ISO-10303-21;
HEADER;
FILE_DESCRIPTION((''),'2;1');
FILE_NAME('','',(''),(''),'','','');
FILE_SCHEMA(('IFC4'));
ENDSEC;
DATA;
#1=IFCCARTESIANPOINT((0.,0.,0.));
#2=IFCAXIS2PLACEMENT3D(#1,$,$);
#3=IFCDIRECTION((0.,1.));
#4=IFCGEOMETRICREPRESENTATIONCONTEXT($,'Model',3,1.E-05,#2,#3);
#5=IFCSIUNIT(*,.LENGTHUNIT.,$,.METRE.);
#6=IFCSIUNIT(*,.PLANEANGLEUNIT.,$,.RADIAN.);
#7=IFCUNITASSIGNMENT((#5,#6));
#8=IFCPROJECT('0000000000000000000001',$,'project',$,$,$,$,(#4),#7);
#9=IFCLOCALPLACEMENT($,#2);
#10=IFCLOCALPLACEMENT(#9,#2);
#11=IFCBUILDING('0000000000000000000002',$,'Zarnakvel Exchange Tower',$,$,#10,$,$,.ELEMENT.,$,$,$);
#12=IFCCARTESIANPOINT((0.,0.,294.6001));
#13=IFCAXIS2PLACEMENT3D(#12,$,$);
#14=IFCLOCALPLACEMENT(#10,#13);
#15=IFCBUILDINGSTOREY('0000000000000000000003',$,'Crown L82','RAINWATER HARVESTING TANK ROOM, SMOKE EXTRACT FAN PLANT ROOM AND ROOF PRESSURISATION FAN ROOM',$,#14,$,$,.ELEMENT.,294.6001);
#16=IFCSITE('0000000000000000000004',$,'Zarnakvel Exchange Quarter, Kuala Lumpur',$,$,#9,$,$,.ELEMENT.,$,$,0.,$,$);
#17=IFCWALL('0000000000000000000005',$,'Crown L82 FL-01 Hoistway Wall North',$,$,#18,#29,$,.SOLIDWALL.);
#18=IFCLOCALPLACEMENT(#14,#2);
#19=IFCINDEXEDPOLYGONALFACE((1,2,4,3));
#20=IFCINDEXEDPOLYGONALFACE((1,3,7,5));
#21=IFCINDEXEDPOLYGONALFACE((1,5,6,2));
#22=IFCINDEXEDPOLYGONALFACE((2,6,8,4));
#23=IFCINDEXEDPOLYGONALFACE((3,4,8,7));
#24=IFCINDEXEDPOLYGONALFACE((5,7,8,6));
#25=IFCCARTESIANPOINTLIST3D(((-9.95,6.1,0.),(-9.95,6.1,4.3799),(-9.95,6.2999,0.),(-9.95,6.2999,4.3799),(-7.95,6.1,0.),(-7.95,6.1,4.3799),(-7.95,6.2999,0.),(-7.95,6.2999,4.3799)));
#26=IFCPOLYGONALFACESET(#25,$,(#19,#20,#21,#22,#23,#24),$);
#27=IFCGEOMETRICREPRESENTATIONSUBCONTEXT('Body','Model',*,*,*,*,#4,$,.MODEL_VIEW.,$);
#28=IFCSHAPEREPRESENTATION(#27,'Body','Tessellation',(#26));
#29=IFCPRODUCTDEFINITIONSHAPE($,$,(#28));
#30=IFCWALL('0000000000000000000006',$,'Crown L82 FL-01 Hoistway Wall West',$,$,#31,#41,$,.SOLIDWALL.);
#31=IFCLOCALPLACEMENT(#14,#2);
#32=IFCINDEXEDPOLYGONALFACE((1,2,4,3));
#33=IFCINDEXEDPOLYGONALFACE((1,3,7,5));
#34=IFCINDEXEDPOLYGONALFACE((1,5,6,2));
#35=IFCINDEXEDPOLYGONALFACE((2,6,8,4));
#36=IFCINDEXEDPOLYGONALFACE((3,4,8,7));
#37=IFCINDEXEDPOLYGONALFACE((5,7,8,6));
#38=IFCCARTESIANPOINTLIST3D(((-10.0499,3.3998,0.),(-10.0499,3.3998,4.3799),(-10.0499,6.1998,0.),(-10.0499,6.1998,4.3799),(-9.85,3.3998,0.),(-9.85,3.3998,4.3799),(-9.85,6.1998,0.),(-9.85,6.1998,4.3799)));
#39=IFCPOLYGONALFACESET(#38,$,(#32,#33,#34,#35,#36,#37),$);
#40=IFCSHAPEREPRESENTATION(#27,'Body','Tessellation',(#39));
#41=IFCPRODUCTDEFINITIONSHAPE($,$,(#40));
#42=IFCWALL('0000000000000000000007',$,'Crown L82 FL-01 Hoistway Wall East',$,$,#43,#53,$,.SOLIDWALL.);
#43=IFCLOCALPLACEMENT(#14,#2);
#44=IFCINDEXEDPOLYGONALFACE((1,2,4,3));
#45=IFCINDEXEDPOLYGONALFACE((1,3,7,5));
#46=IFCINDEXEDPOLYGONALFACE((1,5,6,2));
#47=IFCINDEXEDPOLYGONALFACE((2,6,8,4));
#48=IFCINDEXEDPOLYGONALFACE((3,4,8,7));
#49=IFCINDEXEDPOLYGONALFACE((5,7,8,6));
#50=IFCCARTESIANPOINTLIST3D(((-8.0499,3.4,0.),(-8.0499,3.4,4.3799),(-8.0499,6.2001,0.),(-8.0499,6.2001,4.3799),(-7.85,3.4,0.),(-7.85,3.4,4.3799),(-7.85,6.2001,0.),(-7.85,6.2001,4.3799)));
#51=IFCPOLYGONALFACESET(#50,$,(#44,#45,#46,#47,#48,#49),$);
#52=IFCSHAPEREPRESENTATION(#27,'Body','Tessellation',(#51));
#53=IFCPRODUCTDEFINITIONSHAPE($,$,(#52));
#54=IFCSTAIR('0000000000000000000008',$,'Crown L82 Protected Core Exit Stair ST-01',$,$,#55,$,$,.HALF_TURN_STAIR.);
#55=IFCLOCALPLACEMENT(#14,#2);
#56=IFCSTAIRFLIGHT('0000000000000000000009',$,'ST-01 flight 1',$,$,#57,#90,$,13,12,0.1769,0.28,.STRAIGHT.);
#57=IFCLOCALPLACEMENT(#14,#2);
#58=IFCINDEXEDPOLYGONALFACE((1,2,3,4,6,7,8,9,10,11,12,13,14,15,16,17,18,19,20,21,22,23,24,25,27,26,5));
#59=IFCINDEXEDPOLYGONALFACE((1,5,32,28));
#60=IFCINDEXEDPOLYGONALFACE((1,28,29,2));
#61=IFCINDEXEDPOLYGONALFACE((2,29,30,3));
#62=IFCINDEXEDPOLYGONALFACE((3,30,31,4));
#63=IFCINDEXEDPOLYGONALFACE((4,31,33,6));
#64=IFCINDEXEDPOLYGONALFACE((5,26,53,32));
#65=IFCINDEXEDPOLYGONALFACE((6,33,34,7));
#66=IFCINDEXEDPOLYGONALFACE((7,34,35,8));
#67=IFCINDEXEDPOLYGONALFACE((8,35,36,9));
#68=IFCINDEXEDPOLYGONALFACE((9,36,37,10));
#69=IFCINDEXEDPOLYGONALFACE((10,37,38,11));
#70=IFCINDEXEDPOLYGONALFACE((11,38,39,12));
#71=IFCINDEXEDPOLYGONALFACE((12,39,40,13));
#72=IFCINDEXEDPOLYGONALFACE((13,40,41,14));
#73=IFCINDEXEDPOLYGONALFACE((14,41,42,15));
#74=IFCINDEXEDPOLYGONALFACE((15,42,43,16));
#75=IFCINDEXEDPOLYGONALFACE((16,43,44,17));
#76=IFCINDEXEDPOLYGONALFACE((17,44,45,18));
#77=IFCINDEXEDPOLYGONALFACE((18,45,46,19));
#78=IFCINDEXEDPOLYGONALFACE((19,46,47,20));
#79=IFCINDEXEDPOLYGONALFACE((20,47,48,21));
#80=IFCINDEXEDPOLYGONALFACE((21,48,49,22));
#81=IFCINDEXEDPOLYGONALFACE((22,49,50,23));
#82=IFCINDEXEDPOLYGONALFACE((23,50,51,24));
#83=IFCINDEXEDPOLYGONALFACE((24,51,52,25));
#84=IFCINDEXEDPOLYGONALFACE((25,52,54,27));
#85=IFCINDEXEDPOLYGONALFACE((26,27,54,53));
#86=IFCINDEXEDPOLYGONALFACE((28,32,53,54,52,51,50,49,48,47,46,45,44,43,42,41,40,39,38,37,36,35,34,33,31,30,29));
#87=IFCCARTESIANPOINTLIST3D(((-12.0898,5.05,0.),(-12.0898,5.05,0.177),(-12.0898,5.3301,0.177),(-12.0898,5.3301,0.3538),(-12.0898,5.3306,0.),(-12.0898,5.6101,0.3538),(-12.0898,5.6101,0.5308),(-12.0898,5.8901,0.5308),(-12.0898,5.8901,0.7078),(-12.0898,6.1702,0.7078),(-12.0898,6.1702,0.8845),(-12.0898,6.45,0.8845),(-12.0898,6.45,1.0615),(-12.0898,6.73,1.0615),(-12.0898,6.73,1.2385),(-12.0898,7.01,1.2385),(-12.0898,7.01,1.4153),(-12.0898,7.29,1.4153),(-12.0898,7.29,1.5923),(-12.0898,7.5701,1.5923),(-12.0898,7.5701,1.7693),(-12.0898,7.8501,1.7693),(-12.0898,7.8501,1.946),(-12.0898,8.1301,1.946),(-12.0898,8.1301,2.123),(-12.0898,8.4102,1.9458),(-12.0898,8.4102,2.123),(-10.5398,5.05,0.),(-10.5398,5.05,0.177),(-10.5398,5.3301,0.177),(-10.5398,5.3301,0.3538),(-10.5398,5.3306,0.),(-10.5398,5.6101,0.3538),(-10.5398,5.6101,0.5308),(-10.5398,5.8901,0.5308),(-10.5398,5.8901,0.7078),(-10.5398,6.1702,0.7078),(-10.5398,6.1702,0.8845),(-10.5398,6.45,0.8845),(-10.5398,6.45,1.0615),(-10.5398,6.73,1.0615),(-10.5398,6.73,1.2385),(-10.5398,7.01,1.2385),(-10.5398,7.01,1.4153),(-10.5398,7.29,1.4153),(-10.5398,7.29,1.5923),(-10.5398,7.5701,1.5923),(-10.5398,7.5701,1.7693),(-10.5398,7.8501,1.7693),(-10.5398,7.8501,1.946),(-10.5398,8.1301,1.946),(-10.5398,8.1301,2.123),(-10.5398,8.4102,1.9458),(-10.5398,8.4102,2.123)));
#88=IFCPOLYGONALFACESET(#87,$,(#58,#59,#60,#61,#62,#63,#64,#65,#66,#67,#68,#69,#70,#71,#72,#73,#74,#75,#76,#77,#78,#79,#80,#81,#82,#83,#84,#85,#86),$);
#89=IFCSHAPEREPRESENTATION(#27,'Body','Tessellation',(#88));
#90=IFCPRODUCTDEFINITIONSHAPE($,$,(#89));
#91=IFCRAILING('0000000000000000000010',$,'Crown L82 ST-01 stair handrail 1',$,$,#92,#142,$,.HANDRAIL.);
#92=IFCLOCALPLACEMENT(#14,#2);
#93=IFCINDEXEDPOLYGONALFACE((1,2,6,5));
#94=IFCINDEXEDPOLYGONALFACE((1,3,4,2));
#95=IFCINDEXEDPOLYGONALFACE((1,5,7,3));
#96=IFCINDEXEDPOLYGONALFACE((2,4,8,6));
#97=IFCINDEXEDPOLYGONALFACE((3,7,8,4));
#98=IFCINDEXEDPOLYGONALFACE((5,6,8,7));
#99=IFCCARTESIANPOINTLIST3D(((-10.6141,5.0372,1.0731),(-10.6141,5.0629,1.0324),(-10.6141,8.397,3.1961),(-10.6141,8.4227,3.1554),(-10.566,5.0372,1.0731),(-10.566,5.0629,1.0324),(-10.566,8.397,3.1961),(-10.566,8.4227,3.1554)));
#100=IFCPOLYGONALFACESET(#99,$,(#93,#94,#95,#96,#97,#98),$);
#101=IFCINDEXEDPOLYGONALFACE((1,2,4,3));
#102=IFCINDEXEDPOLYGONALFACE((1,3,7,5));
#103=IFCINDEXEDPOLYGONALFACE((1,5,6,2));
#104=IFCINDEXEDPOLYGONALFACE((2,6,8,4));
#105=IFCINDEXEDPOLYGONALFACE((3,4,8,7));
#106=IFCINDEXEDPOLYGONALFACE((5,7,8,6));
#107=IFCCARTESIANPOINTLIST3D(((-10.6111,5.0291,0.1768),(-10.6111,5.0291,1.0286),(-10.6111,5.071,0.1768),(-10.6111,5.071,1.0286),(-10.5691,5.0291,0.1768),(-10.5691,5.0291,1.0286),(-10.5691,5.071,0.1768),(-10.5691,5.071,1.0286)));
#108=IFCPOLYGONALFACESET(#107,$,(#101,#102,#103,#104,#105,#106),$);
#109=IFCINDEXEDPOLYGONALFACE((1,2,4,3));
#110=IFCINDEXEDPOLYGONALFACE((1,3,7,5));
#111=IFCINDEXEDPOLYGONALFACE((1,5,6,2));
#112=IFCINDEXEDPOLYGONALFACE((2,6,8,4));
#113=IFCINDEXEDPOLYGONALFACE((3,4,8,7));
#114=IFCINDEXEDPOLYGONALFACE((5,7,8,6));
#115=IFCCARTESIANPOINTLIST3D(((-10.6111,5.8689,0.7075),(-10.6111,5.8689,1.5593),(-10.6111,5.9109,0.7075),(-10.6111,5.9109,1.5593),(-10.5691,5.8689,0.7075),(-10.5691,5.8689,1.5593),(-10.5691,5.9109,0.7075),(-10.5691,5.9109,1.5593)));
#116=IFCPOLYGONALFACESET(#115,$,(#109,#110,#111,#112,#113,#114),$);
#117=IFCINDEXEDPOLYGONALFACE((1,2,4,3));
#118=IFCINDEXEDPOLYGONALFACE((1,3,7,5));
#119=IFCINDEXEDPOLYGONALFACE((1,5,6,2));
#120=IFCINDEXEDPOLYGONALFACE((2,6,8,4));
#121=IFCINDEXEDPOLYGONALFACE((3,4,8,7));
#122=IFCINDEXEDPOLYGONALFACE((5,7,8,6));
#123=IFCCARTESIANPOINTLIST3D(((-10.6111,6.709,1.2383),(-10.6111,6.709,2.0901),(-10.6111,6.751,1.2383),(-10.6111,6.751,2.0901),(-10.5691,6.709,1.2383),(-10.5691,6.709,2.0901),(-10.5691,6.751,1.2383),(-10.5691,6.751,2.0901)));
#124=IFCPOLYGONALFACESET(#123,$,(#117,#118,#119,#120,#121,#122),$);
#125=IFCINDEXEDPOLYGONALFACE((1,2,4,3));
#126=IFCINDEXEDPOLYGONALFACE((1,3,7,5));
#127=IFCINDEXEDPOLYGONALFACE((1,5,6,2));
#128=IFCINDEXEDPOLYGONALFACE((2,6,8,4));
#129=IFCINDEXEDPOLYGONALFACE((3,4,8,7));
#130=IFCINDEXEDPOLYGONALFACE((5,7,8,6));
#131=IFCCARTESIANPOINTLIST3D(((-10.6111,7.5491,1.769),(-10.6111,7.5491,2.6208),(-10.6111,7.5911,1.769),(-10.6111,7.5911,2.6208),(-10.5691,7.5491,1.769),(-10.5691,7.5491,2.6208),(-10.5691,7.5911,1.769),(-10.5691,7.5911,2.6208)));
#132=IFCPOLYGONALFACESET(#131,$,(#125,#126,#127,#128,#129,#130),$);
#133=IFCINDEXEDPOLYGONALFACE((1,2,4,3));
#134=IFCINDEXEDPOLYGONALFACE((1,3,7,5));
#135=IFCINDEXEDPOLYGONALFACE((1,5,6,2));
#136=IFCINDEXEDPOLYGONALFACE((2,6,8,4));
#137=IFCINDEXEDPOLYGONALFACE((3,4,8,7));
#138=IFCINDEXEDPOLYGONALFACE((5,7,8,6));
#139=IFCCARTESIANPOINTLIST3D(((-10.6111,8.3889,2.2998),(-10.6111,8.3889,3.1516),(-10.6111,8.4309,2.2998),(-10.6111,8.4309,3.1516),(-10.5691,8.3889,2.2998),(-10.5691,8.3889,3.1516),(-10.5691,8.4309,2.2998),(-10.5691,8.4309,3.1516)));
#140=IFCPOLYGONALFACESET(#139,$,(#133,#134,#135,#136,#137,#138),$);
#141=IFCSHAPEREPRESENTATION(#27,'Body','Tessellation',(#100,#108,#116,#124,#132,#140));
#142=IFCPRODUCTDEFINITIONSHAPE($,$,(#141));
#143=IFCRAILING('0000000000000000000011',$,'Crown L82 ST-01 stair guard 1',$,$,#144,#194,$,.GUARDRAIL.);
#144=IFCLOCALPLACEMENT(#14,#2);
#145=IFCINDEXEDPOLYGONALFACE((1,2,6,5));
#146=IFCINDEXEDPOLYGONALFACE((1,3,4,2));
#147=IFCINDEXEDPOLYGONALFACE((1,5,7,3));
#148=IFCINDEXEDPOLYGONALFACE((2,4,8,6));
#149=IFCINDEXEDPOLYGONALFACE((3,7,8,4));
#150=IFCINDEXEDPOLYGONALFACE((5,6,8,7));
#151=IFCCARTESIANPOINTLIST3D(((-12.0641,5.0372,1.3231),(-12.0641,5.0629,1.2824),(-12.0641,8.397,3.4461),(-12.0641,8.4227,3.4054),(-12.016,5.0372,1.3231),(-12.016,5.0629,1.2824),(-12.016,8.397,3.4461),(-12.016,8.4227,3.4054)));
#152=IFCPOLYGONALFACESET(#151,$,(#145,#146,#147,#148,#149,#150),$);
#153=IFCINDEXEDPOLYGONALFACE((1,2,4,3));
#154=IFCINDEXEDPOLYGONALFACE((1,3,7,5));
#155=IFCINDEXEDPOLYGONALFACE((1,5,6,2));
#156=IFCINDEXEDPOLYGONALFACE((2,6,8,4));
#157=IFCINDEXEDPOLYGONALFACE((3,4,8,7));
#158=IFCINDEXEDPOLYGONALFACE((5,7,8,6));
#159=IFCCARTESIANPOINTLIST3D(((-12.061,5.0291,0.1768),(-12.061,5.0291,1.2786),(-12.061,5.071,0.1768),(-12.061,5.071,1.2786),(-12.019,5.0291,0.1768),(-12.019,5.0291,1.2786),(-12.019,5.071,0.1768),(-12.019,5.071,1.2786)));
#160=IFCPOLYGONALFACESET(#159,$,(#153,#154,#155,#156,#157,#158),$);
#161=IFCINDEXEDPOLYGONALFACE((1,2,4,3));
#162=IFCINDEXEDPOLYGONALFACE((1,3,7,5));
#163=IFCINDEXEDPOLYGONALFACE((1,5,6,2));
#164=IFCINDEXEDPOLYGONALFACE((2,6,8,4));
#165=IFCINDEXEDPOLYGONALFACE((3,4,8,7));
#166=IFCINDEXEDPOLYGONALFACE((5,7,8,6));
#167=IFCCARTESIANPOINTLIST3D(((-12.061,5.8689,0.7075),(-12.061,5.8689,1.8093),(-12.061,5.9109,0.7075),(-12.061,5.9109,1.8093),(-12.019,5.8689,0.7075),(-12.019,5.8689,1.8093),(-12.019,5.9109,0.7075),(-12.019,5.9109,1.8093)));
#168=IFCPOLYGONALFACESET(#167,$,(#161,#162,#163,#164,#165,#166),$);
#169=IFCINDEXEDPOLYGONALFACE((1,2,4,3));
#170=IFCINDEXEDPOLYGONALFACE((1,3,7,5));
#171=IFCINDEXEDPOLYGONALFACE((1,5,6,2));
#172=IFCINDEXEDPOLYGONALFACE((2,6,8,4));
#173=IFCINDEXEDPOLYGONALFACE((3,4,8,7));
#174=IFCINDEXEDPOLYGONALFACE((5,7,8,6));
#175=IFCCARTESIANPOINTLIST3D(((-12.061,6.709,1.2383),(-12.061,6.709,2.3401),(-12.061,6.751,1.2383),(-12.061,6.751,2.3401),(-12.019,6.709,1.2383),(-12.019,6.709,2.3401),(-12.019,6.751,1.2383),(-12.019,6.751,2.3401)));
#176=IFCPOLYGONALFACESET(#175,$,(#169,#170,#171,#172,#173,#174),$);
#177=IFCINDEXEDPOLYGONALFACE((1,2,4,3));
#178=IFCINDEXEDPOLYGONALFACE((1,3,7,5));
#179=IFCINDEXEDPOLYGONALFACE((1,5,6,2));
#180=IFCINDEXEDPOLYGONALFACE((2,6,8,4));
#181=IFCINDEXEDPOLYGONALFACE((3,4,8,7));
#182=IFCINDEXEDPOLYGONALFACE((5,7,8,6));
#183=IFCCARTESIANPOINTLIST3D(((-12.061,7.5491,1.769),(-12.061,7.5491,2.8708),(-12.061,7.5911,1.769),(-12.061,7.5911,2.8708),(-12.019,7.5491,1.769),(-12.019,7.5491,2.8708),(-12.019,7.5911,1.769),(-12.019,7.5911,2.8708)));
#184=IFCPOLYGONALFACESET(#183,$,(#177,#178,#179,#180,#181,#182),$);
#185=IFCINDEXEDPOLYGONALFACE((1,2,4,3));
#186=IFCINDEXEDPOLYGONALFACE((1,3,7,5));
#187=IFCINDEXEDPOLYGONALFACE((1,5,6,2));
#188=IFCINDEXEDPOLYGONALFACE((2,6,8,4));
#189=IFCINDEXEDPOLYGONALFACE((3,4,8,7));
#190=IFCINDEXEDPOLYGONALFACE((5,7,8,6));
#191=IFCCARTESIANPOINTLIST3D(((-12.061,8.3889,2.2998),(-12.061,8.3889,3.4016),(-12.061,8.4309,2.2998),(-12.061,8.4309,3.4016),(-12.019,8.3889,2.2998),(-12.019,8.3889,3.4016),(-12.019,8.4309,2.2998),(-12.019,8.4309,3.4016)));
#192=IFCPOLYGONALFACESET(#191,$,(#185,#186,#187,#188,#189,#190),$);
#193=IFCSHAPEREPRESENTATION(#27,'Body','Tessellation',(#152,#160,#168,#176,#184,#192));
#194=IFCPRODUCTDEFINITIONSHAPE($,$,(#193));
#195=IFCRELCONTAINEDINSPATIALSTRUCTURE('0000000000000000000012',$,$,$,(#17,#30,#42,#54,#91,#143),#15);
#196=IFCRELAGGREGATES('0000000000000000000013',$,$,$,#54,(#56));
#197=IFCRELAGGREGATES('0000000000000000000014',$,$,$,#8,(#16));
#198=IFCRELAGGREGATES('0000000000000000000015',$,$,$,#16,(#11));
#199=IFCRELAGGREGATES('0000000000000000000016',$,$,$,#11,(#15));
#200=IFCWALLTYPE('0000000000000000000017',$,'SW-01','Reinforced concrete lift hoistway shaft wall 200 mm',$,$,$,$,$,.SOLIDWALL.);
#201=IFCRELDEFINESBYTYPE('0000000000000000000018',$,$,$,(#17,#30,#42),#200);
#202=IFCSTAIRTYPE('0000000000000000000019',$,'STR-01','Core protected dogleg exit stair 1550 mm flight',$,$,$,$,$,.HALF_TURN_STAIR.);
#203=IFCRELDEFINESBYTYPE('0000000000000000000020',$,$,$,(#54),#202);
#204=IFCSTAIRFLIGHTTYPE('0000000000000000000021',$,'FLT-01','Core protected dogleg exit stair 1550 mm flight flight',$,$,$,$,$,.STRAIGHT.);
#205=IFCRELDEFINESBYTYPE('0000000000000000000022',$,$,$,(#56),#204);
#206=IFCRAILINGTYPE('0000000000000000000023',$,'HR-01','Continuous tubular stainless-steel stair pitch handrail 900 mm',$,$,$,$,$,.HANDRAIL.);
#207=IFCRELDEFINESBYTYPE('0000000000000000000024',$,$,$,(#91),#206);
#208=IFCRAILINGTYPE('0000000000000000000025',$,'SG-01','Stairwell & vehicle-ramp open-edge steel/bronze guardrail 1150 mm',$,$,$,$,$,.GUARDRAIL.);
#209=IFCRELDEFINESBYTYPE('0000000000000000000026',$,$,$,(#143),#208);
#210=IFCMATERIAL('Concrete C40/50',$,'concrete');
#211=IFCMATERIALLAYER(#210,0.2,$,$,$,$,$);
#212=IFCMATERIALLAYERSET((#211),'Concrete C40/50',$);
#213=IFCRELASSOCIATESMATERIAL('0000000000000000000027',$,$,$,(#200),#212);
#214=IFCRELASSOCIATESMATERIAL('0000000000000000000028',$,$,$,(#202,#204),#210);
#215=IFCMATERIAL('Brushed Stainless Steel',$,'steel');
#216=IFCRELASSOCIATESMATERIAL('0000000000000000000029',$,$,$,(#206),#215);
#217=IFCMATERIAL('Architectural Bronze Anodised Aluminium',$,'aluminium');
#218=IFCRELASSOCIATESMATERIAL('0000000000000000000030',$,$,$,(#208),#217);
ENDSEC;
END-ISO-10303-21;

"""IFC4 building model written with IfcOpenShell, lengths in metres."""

from ifc_helpers import new_model, si_unit, direction, frame, frame_2d, origin, origin_2d, place, context, subcontext, project, spatial, polyline, rectangle, outline, extrude, material, layer, layer_set, type_object, element, aggregate, save


model = new_model("IFC4")

# Units and contexts
model_context = context("Model", 3, precision=1e-05, world=origin(), true_north=direction((0.0, 1.0)))
body_context = subcontext(model_context, "Body", "Model", "MODEL_VIEW")
ifc_project = project(units=[si_unit("LENGTHUNIT", "METRE"), si_unit("PLANEANGLEUNIT", "RADIAN")], contexts=[model_context])

# Site, building, storey
site_placement = place(None, origin())
site = spatial("IfcSite", under=ifc_project, at=site_placement, Name="Zarnakvel Exchange Quarter, Kuala Lumpur", CompositionType="ELEMENT", RefElevation=0.0)
building_placement = place(site_placement, origin())
building = spatial("IfcBuilding", under=site, at=building_placement, Name="Zarnakvel Exchange Tower", CompositionType="ELEMENT")
storey_placement = place(building_placement, frame((0.0, 0.0, 294.6001)))
storey = spatial("IfcBuildingStorey", under=building, at=storey_placement, Name="Crown L82", Description="RAINWATER HARVESTING TANK ROOM, SMOKE EXTRACT FAN PLANT ROOM AND ROOF PRESSURISATION FAN ROOM", CompositionType="ELEMENT", Elevation=294.6001)

# Shared definitions
ifc_material_1 = material(Name="Architectural Bronze Anodised Aluminium", Category="aluminium")

# Shared definitions
ifc_material_2 = material(Name="Concrete C40/50", Category="concrete")
ifc_layer_1 = layer(ifc_material_2, 0.2)
ifc_layer_set_1 = layer_set([ifc_layer_1], Name="Concrete C40/50")
wall_type_1 = type_object("IfcWallType", Name="SW-01", Description="Reinforced concrete lift hoistway shaft wall 200 mm", PredefinedType="SOLIDWALL", material=ifc_layer_set_1)
ifc_material_3 = material(Name="Brushed Stainless Steel", Category="steel")

# Walls
wall_1_placement = place(storey_placement, frame((-9.95, 6.2, 0.0), z_axis=(0.0, 0.0, 1.0), x_axis=(1.0, 0.0, 0.0)))
element("IfcWall", 1, at=wall_1_placement, inside=storey, type_object=wall_type_1, Name="Crown L82 FL-01 Hoistway Wall North", PredefinedType="SOLIDWALL", context=body_context, shape_type="SweptSolid", body=[
    extrude(rectangle(XDim=2.0, YDim=0.2, at=frame_2d((1.0, 0.0))), origin(), (0.0, 0.0, 1.0), 4.3799),
])
for number, where, z_axis, x_axis, name in (
    (2, (-9.95, 3.3999, 0.0), (0.0, 0.0, 1.0), (0.0, 1.0, 0.0), "Crown L82 FL-01 Hoistway Wall West"),
    (3, (-7.95, 6.2, 0.0), (0.0, 0.0, 1.0), (0.0, -1.0, 0.0), "Crown L82 FL-01 Hoistway Wall East"),
):
    element("IfcWall", number, at=place(storey_placement, frame(where, z_axis=z_axis, x_axis=x_axis)), inside=storey, type_object=wall_type_1, Name=name, PredefinedType="SOLIDWALL", context=body_context, shape_type="SweptSolid", body=[
        extrude(rectangle(XDim=2.8, YDim=0.2, at=frame_2d((1.3999, 0.0))), origin(), (0.0, 0.0, 1.0), 4.3799),
    ])

# Stair, stair flight
stair_type = type_object("IfcStairType", Name="STR-01", Description="Core protected dogleg exit stair 1550 mm flight", PredefinedType="HALF_TURN_STAIR", material=ifc_material_2)
stair_placement = place(storey_placement, origin())
stair = element("IfcStair", 4, at=stair_placement, inside=storey, type_object=stair_type, Name="Crown L82 Protected Core Exit Stair ST-01", PredefinedType="HALF_TURN_STAIR")
stair_flight_type = type_object("IfcStairFlightType", Name="FLT-01", Description="Core protected dogleg exit stair 1550 mm flight flight", PredefinedType="STRAIGHT", material=ifc_material_2)
stair_flight_placement = place(storey_placement, frame((-11.3149, 5.05, 0.0), z_axis=(0.0, 0.0, 1.0), x_axis=(0.0, 1.0, 0.0)))
stair_flight = element("IfcStairFlight", 5, at=stair_flight_placement, type_object=stair_flight_type, Name="ST-01 flight 1", NumberOfRisers=13, NumberOfTreads=12, PredefinedType="STRAIGHT", RiserHeight=0.1769, TreadLength=0.28, context=body_context, shape_type="SweptSolid", body=[
    extrude(outline(polyline([(0.0, 0.0), (0.0, 0.177), (0.28, 0.177), (0.28, 0.3538), (0.5601, 0.3538), (0.5601, 0.5308), (0.8401, 0.5308), (0.8401, 0.7078), (1.1201, 0.7078), (1.1201, 0.8845), (1.3999, 0.8845), (1.3999, 1.0615), (1.6799, 1.0615), (1.6799, 1.2385), (1.96, 1.2385), (1.96, 1.4153), (2.24, 1.4153), (2.24, 1.5923), (2.52, 1.5923), (2.52, 1.7693), (2.8, 1.7693), (2.8, 1.946), (3.0801, 1.946), (3.0801, 2.123), (3.3601, 2.123), (3.3601, 2.3), (3.3601, 1.9458), (0.2805, 0.0), (0.0, 0.0)])), frame((0.0, 0.7749, 0.0), z_axis=(0.0, -1.0, 0.0), x_axis=(1.0, 0.0, 0.0)), (0.0, 0.0, 1.0), 1.55),
])
aggregate(stair, [stair_flight])

# Railings
railing_type_1 = type_object("IfcRailingType", Name="HR-01", Description="Continuous tubular stainless-steel stair pitch handrail 900 mm", PredefinedType="HANDRAIL", material=ifc_material_3)
railing_1_placement = place(storey_placement, frame((-10.5901, 5.05, 0.1768)))
element("IfcRailing", 6, at=railing_1_placement, inside=storey, type_object=railing_type_1, Name="Crown L82 ST-01 stair handrail 1", PredefinedType="HANDRAIL", context=body_context, shape_type="SweptSolid", body=[
    extrude(rectangle(XDim=0.0481, YDim=0.0481, at=origin_2d()), frame((0.0, 0.0, 0.876), z_axis=(0.0, 0.845372, 0.534178), x_axis=(-1.0, 0.0, 0.0)), (0.0, 0.0, 1.0), 3.9744),
    extrude(rectangle(XDim=0.042, YDim=0.042, at=origin_2d()), origin(), (0.0, 0.0, 1.0), 0.8518),
    extrude(rectangle(XDim=0.042, YDim=0.042, at=origin_2d()), frame((0.0, 0.8398, 0.5308)), (0.0, 0.0, 1.0), 0.8518),
    extrude(rectangle(XDim=0.042, YDim=0.042, at=origin_2d()), frame((0.0, 1.6799, 1.0615)), (0.0, 0.0, 1.0), 0.8518),
    extrude(rectangle(XDim=0.042, YDim=0.042, at=origin_2d()), frame((0.0, 2.52, 1.5923)), (0.0, 0.0, 1.0), 0.8518),
    extrude(rectangle(XDim=0.042, YDim=0.042, at=origin_2d()), frame((0.0, 3.3599, 2.123)), (0.0, 0.0, 1.0), 0.8518),
])
railing_type_2 = type_object("IfcRailingType", Name="SG-01", Description="Stairwell & vehicle-ramp open-edge steel/bronze guardrail 1150 mm", PredefinedType="GUARDRAIL", material=ifc_material_1)
railing_2_placement = place(storey_placement, frame((-12.04, 5.05, 0.1768)))
element("IfcRailing", 7, at=railing_2_placement, inside=storey, type_object=railing_type_2, Name="Crown L82 ST-01 stair guard 1", PredefinedType="GUARDRAIL", context=body_context, shape_type="SweptSolid", body=[
    extrude(rectangle(XDim=0.0481, YDim=0.0481, at=origin_2d()), frame((0.0, 0.0, 1.126), z_axis=(0.0, 0.845372, 0.534178), x_axis=(-1.0, 0.0, 0.0)), (0.0, 0.0, 1.0), 3.9744),
    extrude(rectangle(XDim=0.042, YDim=0.042, at=origin_2d()), origin(), (0.0, 0.0, 1.0), 1.1018),
    extrude(rectangle(XDim=0.042, YDim=0.042, at=origin_2d()), frame((0.0, 0.8398, 0.5308)), (0.0, 0.0, 1.0), 1.1018),
    extrude(rectangle(XDim=0.042, YDim=0.042, at=origin_2d()), frame((0.0, 1.6799, 1.0615)), (0.0, 0.0, 1.0), 1.1018),
    extrude(rectangle(XDim=0.042, YDim=0.042, at=origin_2d()), frame((0.0, 2.52, 1.5923)), (0.0, 0.0, 1.0), 1.1018),
    extrude(rectangle(XDim=0.042, YDim=0.042, at=origin_2d()), frame((0.0, 3.3599, 2.123)), (0.0, 0.0, 1.0), 1.1018),
])

save(model, "model.ifc")
